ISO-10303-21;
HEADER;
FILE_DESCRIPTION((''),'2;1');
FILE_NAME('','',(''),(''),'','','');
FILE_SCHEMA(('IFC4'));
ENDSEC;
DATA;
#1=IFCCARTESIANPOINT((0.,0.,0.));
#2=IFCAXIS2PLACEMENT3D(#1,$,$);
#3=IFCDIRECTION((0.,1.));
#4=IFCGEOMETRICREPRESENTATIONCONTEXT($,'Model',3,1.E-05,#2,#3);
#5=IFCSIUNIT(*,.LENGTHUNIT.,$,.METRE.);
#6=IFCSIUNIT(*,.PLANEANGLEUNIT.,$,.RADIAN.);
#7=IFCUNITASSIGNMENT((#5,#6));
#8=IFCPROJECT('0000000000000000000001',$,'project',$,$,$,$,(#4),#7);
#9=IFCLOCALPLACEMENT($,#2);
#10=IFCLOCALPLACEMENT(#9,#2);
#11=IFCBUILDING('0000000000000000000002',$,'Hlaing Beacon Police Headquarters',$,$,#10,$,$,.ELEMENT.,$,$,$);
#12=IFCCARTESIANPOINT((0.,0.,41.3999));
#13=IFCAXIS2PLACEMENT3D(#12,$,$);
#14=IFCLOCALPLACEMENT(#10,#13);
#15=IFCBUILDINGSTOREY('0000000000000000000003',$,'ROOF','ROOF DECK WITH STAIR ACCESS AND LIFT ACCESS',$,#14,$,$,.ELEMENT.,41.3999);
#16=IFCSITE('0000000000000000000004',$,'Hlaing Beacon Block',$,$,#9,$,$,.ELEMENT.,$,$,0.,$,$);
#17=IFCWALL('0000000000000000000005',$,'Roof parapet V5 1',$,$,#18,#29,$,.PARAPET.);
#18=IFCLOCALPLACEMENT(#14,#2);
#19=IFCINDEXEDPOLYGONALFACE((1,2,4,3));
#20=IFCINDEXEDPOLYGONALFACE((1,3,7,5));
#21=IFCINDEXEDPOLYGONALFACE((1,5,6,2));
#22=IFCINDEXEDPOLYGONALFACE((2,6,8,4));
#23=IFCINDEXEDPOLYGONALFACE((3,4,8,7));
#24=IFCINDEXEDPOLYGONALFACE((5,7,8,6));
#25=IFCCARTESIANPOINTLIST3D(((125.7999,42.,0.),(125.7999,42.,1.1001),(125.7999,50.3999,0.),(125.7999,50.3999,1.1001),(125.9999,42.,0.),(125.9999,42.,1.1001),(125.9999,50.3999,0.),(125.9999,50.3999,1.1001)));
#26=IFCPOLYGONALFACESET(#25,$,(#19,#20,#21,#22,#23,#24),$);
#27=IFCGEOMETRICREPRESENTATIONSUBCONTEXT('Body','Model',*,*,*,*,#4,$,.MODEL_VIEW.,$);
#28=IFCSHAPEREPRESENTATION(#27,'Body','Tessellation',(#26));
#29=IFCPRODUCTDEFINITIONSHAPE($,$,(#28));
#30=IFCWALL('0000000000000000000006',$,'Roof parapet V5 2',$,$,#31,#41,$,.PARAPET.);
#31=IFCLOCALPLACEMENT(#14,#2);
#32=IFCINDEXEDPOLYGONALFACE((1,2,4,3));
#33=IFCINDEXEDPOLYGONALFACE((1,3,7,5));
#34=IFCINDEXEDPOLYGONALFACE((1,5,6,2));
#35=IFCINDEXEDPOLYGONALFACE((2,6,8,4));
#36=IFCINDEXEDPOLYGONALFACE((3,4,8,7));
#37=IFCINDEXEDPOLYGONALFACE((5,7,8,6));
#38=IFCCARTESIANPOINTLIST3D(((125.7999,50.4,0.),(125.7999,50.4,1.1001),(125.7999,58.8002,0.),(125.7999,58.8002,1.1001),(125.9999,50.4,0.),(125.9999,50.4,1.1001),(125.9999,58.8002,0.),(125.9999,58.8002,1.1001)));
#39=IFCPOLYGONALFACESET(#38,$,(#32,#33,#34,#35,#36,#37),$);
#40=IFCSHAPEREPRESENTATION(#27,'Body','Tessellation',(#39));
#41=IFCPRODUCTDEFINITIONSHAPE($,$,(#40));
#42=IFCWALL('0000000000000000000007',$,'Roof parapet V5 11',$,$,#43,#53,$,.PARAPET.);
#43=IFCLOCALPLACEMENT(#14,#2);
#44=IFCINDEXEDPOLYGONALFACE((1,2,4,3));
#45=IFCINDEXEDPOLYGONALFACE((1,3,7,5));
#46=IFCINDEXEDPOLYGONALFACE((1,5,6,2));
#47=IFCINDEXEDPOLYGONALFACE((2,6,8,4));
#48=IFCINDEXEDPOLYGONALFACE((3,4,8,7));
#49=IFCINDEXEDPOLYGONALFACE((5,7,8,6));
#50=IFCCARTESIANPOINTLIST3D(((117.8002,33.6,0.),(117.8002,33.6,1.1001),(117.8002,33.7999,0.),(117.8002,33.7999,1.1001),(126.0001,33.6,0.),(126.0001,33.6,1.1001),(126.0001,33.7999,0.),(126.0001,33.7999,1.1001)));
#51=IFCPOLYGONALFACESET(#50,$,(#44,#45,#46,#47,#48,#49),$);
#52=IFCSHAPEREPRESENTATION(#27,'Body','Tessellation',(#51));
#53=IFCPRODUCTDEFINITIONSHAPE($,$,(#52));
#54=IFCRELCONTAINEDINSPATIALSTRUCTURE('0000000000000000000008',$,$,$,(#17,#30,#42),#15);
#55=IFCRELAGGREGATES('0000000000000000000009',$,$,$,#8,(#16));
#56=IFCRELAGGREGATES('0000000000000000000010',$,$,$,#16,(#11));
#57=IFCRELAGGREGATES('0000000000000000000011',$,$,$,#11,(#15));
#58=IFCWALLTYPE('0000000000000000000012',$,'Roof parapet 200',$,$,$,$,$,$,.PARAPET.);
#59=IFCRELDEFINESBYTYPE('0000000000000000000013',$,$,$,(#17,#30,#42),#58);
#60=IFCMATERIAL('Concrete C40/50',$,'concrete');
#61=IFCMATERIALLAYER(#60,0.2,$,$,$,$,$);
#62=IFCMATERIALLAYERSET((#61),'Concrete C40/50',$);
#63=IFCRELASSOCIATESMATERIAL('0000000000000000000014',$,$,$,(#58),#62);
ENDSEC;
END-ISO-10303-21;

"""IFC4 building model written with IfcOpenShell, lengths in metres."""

from ifc_helpers import new_model, si_unit, direction, frame, frame_2d, origin, place, context, subcontext, project, spatial, rectangle, extrude, material, layer, layer_set, type_object, element, save


model = new_model("IFC4")

# Units and contexts
model_context = context("Model", 3, precision=1e-05, world=origin(), true_north=direction((0.0, 1.0)))
body_context = subcontext(model_context, "Body", "Model", "MODEL_VIEW")
ifc_project = project(units=[si_unit("LENGTHUNIT", "METRE"), si_unit("PLANEANGLEUNIT", "RADIAN")], contexts=[model_context])

# Site, building, storey
site_placement = place(None, origin())
site = spatial("IfcSite", under=ifc_project, at=site_placement, Name="Hlaing Beacon Block", CompositionType="ELEMENT", RefElevation=0.0)
building_placement = place(site_placement, origin())
building = spatial("IfcBuilding", under=site, at=building_placement, Name="Hlaing Beacon Police Headquarters", CompositionType="ELEMENT")
storey_placement = place(building_placement, frame((0.0, 0.0, 41.3999)))
storey = spatial("IfcBuildingStorey", under=building, at=storey_placement, Name="ROOF", Description="ROOF DECK WITH STAIR ACCESS AND LIFT ACCESS", CompositionType="ELEMENT", Elevation=41.3999)

# Walls
ifc_material_1 = material(Name="Concrete C40/50", Category="concrete")
ifc_layer_1 = layer(ifc_material_1, 0.2)
ifc_layer_set_1 = layer_set([ifc_layer_1], Name="Concrete C40/50")
wall_type_1 = type_object("IfcWallType", Name="Roof parapet 200", PredefinedType="PARAPET", material=ifc_layer_set_1)
wall_1_placement = place(storey_placement, frame((125.8999, 42.0, 0.0), z_axis=(0.0, 0.0, 1.0), x_axis=(0.0, 1.0, 0.0)))
element("IfcWall", 1, at=wall_1_placement, inside=storey, type_object=wall_type_1, Name="Roof parapet V5 1", PredefinedType="PARAPET", context=body_context, shape_type="SweptSolid", body=[
    extrude(rectangle(XDim=8.3999, YDim=0.2, at=frame_2d((4.2, 0.0))), origin(), (0.0, 0.0, 1.0), 1.1001),
])
wall_2_placement = place(storey_placement, frame((125.8999, 50.3999, 0.0), z_axis=(0.0, 0.0, 1.0), x_axis=(0.0, 1.0, 0.0)))
element("IfcWall", 2, at=wall_2_placement, inside=storey, type_object=wall_type_1, Name="Roof parapet V5 2", PredefinedType="PARAPET", context=body_context, shape_type="SweptSolid", body=[
    extrude(rectangle(XDim=8.4001, YDim=0.2, at=frame_2d((4.2002, 0.0))), origin(), (0.0, 0.0, 1.0), 1.1001),
])
wall_3_placement = place(storey_placement, frame((117.8, 33.7, 0.0), z_axis=(0.0, 0.0, 1.0), x_axis=(1.0, 0.0, 0.0)))
element("IfcWall", 3, at=wall_3_placement, inside=storey, type_object=wall_type_1, Name="Roof parapet V5 11", PredefinedType="PARAPET", context=body_context, shape_type="SweptSolid", body=[
    extrude(rectangle(XDim=8.2, YDim=0.2, at=frame_2d((4.1001, 0.0))), origin(), (0.0, 0.0, 1.0), 1.1001),
])

save(model, "model.ifc")
